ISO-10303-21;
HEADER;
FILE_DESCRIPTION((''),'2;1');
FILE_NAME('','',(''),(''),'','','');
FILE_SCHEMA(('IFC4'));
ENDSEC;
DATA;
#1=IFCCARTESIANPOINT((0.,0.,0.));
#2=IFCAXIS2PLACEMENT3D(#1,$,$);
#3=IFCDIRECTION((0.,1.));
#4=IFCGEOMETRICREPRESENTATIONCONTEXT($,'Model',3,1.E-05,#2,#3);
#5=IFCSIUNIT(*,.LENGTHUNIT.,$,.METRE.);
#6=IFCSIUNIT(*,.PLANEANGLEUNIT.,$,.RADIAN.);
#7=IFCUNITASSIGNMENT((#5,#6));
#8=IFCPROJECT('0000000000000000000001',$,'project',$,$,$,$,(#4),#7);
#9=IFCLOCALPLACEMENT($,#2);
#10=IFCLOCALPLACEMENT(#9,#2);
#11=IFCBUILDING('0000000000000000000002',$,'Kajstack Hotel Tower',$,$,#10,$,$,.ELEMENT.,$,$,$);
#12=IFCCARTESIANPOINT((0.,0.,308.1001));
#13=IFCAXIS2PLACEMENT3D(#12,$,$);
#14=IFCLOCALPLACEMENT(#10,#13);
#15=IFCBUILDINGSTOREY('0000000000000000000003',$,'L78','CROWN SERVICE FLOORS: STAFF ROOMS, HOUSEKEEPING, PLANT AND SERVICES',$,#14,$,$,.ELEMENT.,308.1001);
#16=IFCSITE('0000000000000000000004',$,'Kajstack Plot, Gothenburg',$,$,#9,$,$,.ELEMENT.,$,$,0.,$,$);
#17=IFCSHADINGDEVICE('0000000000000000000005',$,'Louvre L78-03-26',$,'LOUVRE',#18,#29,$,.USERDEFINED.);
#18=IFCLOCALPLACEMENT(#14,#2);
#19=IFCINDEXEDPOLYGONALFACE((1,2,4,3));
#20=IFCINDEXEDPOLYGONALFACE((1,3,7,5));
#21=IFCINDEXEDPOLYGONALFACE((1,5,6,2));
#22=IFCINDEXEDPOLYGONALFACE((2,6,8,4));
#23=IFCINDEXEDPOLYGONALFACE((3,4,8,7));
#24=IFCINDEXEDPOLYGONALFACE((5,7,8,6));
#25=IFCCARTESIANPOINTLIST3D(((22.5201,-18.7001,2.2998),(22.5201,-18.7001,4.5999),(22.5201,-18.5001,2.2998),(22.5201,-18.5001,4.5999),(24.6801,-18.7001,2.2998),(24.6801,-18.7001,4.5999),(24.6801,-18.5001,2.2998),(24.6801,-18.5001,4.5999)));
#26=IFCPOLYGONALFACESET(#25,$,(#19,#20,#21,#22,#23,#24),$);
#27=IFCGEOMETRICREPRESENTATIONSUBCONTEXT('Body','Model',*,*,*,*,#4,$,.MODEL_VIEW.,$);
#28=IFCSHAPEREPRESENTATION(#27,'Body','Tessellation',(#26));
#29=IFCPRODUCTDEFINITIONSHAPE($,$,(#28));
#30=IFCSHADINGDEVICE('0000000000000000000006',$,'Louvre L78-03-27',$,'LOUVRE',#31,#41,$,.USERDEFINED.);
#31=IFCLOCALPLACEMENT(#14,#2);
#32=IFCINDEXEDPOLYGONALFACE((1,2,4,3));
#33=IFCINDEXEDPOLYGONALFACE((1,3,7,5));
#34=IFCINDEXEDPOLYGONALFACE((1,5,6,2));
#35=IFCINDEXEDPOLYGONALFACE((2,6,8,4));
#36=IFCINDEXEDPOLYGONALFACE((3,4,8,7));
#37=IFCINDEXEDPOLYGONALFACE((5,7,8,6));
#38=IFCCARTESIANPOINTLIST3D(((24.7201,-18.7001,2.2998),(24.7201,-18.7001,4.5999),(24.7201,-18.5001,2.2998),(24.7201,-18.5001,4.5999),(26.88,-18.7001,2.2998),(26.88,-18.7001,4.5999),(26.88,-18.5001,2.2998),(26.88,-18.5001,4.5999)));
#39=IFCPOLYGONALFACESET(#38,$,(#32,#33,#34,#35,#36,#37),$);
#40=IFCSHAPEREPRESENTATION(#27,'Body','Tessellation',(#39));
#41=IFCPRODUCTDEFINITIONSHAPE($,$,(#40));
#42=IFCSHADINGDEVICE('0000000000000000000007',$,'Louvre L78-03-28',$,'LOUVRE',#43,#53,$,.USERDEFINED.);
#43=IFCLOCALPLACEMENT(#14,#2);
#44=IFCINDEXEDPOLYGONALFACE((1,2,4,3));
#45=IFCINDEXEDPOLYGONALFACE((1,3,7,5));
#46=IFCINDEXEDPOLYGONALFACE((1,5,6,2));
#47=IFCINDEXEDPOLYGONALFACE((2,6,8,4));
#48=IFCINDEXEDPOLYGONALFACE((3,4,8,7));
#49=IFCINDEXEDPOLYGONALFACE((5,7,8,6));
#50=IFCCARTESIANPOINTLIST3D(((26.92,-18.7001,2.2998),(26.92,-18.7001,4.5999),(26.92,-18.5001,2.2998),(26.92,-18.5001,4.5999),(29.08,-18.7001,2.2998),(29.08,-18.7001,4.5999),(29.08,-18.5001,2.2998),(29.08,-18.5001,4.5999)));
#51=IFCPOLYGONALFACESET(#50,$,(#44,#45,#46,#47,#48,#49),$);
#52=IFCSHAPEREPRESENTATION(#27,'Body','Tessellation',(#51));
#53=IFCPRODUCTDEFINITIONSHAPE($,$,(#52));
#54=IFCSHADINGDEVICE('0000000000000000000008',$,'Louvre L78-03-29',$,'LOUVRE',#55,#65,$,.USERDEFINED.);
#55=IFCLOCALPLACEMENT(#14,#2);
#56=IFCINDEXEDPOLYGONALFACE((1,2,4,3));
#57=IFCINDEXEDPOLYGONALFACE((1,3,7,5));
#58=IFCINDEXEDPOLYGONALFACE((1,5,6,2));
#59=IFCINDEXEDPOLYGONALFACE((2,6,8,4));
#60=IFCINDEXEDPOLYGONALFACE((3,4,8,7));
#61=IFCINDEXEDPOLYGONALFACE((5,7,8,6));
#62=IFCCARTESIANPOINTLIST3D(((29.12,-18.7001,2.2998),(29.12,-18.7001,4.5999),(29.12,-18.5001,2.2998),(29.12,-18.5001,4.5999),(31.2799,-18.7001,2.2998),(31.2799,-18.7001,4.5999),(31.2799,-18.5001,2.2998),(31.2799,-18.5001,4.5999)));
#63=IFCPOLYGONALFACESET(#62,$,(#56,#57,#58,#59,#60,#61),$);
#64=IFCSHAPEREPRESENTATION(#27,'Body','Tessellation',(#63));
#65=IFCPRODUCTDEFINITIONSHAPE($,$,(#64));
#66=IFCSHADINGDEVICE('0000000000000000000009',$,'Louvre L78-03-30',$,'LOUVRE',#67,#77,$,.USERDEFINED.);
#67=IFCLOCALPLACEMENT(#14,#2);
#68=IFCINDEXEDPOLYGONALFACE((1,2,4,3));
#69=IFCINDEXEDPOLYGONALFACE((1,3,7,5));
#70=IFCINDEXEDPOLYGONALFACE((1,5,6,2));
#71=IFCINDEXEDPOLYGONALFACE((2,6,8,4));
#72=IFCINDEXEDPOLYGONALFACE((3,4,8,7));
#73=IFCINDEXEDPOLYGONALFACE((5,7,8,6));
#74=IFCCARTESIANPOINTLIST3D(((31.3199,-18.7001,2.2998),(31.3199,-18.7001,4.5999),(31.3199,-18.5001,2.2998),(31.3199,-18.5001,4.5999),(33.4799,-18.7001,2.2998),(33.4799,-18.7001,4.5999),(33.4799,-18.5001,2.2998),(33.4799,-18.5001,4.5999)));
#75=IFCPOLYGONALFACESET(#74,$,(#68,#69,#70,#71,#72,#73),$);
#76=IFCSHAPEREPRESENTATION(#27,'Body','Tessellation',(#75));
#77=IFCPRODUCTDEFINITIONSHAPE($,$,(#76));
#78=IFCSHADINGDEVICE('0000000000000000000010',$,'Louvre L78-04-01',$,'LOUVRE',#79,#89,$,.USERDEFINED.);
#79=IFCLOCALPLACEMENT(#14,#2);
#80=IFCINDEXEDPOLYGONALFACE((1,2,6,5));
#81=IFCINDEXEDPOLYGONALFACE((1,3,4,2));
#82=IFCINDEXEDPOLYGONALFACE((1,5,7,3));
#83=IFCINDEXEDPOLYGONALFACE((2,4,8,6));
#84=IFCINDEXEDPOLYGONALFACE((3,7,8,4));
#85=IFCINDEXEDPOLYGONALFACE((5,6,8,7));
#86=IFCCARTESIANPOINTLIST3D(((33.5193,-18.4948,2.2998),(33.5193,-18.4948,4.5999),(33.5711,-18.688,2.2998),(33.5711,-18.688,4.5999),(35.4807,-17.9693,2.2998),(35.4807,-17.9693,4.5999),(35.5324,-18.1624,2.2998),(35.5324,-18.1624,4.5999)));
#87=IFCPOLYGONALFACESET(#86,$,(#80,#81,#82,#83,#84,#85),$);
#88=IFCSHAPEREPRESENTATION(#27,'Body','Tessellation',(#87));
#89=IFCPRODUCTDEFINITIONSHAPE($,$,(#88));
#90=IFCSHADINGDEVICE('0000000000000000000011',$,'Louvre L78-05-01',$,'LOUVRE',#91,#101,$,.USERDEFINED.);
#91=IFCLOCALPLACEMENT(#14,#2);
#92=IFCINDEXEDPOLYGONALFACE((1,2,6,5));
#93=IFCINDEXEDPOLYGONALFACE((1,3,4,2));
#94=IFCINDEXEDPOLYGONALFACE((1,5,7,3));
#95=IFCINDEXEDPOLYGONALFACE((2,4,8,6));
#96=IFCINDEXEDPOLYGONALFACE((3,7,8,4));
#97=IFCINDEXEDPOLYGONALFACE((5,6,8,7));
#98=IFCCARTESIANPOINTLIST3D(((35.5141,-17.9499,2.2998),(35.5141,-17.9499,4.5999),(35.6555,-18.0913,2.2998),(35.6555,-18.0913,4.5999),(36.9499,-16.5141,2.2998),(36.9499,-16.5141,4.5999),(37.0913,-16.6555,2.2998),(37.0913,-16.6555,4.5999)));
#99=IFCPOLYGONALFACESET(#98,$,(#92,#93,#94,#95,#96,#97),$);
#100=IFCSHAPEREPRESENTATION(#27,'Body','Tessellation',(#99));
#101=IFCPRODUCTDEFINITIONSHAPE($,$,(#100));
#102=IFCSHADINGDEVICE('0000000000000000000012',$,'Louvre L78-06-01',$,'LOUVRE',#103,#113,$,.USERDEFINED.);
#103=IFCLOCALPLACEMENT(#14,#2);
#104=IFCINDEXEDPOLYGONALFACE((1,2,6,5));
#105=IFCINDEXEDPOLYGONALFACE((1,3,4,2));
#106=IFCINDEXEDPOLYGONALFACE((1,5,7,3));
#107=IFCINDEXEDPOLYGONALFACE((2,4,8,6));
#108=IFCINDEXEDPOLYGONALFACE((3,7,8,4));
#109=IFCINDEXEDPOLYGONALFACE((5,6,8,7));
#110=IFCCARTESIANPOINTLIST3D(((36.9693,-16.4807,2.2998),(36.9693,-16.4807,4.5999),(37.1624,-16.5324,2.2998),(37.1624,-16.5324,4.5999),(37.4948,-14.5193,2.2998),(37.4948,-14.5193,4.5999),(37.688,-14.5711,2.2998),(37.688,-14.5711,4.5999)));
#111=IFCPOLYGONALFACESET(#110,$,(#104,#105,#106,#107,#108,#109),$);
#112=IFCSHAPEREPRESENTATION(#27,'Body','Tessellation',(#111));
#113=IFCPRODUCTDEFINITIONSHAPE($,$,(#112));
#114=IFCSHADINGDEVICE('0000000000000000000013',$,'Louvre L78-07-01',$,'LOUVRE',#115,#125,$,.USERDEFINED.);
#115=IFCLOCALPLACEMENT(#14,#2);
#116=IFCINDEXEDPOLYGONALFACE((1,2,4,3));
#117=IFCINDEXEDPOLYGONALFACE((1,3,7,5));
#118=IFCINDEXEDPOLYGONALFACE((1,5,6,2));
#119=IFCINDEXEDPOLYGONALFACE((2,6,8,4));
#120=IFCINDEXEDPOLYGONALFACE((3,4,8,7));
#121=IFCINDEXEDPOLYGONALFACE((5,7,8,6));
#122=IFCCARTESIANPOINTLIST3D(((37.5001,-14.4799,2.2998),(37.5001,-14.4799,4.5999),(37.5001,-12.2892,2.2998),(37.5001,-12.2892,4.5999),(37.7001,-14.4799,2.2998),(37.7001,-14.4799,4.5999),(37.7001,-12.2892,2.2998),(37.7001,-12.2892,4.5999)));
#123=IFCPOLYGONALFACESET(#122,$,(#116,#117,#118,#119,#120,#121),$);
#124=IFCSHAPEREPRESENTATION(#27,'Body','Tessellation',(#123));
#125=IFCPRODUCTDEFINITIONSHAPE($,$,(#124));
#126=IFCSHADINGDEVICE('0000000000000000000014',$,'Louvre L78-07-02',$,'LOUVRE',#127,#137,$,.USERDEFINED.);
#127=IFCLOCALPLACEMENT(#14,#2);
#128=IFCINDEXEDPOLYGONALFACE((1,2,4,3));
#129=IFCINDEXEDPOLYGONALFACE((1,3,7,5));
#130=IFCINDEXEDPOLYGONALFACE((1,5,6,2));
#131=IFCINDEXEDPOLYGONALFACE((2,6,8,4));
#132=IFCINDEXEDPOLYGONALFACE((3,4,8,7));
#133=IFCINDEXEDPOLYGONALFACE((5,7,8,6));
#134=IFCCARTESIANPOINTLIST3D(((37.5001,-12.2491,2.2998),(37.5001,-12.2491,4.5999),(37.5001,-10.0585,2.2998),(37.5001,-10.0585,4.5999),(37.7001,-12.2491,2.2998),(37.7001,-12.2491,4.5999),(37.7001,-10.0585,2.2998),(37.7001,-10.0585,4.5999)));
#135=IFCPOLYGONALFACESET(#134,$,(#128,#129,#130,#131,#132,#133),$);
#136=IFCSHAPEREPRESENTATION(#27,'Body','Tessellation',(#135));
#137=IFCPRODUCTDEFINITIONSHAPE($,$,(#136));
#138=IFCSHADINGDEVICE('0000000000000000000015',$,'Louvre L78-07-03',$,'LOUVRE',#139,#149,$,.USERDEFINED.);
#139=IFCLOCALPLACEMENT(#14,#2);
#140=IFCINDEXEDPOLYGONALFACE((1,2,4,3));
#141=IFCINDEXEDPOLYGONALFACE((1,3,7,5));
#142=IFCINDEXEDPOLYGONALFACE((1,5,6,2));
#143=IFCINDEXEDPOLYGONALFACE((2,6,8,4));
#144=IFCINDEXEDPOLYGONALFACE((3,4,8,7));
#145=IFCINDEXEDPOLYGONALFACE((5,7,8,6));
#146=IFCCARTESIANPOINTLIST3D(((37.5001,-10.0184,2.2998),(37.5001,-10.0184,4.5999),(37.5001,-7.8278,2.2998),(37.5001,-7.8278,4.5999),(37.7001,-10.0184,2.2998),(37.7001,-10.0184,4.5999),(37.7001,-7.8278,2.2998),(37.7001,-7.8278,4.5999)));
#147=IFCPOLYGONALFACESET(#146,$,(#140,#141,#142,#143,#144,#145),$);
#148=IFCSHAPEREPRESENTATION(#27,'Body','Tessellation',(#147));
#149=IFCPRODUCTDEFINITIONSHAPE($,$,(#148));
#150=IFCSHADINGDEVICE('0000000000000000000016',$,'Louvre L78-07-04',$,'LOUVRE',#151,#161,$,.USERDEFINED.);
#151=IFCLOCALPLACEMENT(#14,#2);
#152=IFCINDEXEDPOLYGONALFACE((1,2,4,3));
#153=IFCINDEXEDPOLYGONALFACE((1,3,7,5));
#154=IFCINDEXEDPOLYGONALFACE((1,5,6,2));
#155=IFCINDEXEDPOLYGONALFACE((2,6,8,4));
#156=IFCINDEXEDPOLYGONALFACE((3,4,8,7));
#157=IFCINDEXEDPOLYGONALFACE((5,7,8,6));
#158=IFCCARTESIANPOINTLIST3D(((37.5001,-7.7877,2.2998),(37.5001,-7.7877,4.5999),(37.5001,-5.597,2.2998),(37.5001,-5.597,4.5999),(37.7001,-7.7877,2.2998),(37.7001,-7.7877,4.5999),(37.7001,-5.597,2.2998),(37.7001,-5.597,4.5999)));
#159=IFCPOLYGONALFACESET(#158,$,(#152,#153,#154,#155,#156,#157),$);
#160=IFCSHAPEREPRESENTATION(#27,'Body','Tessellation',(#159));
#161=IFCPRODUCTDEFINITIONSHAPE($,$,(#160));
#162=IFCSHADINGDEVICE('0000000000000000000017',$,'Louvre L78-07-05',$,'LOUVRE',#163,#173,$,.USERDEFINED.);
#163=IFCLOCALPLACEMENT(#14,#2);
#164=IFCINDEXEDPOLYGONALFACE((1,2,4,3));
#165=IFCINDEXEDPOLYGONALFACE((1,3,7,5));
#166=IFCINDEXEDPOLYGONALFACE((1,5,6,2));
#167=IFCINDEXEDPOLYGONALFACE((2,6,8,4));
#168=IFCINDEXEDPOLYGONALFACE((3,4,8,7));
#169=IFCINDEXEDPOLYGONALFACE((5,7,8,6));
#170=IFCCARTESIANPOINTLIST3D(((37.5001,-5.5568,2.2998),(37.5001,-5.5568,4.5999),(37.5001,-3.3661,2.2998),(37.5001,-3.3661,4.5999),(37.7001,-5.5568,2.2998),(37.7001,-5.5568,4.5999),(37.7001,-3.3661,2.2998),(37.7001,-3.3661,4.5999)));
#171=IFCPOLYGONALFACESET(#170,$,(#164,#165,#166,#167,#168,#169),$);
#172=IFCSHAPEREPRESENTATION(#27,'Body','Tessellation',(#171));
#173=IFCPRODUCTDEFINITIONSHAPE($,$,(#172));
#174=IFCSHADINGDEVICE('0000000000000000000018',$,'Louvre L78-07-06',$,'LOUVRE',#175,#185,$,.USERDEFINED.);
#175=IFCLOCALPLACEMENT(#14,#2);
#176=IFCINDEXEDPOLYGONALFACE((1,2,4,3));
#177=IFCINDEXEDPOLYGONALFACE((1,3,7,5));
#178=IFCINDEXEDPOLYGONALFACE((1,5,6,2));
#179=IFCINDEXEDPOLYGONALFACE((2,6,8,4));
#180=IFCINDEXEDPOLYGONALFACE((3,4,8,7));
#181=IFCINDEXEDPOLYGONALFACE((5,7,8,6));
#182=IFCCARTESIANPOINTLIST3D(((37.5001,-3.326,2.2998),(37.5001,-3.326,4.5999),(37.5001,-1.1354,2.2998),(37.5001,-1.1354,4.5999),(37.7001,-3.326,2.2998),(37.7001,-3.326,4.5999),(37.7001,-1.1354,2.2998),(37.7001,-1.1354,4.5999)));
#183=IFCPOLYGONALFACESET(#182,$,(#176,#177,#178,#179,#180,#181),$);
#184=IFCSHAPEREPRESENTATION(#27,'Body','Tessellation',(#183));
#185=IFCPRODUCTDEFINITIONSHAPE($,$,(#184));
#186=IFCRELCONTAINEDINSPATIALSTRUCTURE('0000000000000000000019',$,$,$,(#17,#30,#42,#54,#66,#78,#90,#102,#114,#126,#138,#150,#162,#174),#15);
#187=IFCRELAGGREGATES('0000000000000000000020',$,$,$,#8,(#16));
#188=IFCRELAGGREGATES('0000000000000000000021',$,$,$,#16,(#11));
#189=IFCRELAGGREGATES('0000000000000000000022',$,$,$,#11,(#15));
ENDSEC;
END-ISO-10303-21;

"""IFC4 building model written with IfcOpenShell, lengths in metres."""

from ifc_helpers import new_model, si_unit, direction, frame, origin, origin_2d, place, context, subcontext, project, spatial, rectangle, extrude, element, save


model = new_model("IFC4")

# Units and contexts
model_context = context("Model", 3, precision=1e-05, world=origin(), true_north=direction((0.0, 1.0)))
body_context = subcontext(model_context, "Body", "Model", "MODEL_VIEW")
ifc_project = project(units=[si_unit("LENGTHUNIT", "METRE"), si_unit("PLANEANGLEUNIT", "RADIAN")], contexts=[model_context])

# Site, building, storey
site_placement = place(None, origin())
site = spatial("IfcSite", under=ifc_project, at=site_placement, Name="Kajstack Plot, Gothenburg", CompositionType="ELEMENT", RefElevation=0.0)
building_placement = place(site_placement, origin())
building = spatial("IfcBuilding", under=site, at=building_placement, Name="Kajstack Hotel Tower", CompositionType="ELEMENT")
storey_placement = place(building_placement, frame((0.0, 0.0, 308.1001)))
storey = spatial("IfcBuildingStorey", under=building, at=storey_placement, Name="L78", Description="CROWN SERVICE FLOORS: STAFF ROOMS, HOUSEKEEPING, PLANT AND SERVICES", CompositionType="ELEMENT", Elevation=308.1001)

# Shading devices
for number, where, z_axis, x_axis, name in (
    (1, (23.6001, -18.6001, 2.2998), (0.0, 0.0, 1.0), (1.0, 0.0, 0.0), "Louvre L78-03-26"),
    (2, (25.8, -18.6001, 2.2998), (0.0, 0.0, 1.0), (1.0, 0.0, 0.0), "Louvre L78-03-27"),
    (3, (28.0, -18.6001, 2.2998), (0.0, 0.0, 1.0), (1.0, 0.0, 0.0), "Louvre L78-03-28"),
    (4, (30.2, -18.6001, 2.2998), (0.0, 0.0, 1.0), (1.0, 0.0, 0.0), "Louvre L78-03-29"),
    (5, (32.3999, -18.6001, 2.2998), (0.0, 0.0, 1.0), (1.0, 0.0, 0.0), "Louvre L78-03-30"),
):
    element("IfcShadingDevice", number, at=place(storey_placement, frame(where, z_axis=z_axis, x_axis=x_axis)), inside=storey, Name=name, ObjectType="LOUVRE", PredefinedType="USERDEFINED", context=body_context, shape_type="SweptSolid", body=[
        extrude(rectangle(XDim=2.1599, YDim=0.2, at=origin_2d()), origin(), (0.0, 0.0, 1.0), 2.3),
    ])
for number, where, z_axis, x_axis, name in (
    (6, (34.5259, -18.3286, 2.2998), (0.0, 0.0, 1.0), (0.965926, 0.25882, 0.0), "Louvre L78-04-01"),
    (7, (36.3027, -17.3027, 2.2998), (0.0, 0.0, 1.0), (0.707107, 0.707107, 0.0), "Louvre L78-05-01"),
    (8, (37.3286, -15.5259, 2.2998), (0.0, 0.0, 1.0), (0.25882, 0.965926, 0.0), "Louvre L78-06-01"),
):
    element("IfcShadingDevice", number, at=place(storey_placement, frame(where, z_axis=z_axis, x_axis=x_axis)), inside=storey, Name=name, ObjectType="LOUVRE", PredefinedType="USERDEFINED", context=body_context, shape_type="SweptSolid", body=[
        extrude(rectangle(XDim=2.0305, YDim=0.2, at=origin_2d()), origin(), (0.0, 0.0, 1.0), 2.3),
    ])
for number, where, z_axis, x_axis, name in (
    (9, (37.6001, -13.3845, 2.2998), (0.0, 0.0, 1.0), (0.0, 1.0, 0.0), "Louvre L78-07-01"),
    (10, (37.6001, -11.1538, 2.2998), (0.0, 0.0, 1.0), (0.0, 1.0, 0.0), "Louvre L78-07-02"),
    (11, (37.6001, -8.9231, 2.2998), (0.0, 0.0, 1.0), (0.0, 1.0, 0.0), "Louvre L78-07-03"),
    (12, (37.6001, -6.6924, 2.2998), (0.0, 0.0, 1.0), (0.0, 1.0, 0.0), "Louvre L78-07-04"),
    (13, (37.6001, -4.4614, 2.2998), (0.0, 0.0, 1.0), (0.0, 1.0, 0.0), "Louvre L78-07-05"),
    (14, (37.6001, -2.2307, 2.2998), (0.0, 0.0, 1.0), (0.0, 1.0, 0.0), "Louvre L78-07-06"),
):
    element("IfcShadingDevice", number, at=place(storey_placement, frame(where, z_axis=z_axis, x_axis=x_axis)), inside=storey, Name=name, ObjectType="LOUVRE", PredefinedType="USERDEFINED", context=body_context, shape_type="SweptSolid", body=[
        extrude(rectangle(XDim=2.1907, YDim=0.2, at=origin_2d()), origin(), (0.0, 0.0, 1.0), 2.3),
    ])

save(model, "model.ifc")
